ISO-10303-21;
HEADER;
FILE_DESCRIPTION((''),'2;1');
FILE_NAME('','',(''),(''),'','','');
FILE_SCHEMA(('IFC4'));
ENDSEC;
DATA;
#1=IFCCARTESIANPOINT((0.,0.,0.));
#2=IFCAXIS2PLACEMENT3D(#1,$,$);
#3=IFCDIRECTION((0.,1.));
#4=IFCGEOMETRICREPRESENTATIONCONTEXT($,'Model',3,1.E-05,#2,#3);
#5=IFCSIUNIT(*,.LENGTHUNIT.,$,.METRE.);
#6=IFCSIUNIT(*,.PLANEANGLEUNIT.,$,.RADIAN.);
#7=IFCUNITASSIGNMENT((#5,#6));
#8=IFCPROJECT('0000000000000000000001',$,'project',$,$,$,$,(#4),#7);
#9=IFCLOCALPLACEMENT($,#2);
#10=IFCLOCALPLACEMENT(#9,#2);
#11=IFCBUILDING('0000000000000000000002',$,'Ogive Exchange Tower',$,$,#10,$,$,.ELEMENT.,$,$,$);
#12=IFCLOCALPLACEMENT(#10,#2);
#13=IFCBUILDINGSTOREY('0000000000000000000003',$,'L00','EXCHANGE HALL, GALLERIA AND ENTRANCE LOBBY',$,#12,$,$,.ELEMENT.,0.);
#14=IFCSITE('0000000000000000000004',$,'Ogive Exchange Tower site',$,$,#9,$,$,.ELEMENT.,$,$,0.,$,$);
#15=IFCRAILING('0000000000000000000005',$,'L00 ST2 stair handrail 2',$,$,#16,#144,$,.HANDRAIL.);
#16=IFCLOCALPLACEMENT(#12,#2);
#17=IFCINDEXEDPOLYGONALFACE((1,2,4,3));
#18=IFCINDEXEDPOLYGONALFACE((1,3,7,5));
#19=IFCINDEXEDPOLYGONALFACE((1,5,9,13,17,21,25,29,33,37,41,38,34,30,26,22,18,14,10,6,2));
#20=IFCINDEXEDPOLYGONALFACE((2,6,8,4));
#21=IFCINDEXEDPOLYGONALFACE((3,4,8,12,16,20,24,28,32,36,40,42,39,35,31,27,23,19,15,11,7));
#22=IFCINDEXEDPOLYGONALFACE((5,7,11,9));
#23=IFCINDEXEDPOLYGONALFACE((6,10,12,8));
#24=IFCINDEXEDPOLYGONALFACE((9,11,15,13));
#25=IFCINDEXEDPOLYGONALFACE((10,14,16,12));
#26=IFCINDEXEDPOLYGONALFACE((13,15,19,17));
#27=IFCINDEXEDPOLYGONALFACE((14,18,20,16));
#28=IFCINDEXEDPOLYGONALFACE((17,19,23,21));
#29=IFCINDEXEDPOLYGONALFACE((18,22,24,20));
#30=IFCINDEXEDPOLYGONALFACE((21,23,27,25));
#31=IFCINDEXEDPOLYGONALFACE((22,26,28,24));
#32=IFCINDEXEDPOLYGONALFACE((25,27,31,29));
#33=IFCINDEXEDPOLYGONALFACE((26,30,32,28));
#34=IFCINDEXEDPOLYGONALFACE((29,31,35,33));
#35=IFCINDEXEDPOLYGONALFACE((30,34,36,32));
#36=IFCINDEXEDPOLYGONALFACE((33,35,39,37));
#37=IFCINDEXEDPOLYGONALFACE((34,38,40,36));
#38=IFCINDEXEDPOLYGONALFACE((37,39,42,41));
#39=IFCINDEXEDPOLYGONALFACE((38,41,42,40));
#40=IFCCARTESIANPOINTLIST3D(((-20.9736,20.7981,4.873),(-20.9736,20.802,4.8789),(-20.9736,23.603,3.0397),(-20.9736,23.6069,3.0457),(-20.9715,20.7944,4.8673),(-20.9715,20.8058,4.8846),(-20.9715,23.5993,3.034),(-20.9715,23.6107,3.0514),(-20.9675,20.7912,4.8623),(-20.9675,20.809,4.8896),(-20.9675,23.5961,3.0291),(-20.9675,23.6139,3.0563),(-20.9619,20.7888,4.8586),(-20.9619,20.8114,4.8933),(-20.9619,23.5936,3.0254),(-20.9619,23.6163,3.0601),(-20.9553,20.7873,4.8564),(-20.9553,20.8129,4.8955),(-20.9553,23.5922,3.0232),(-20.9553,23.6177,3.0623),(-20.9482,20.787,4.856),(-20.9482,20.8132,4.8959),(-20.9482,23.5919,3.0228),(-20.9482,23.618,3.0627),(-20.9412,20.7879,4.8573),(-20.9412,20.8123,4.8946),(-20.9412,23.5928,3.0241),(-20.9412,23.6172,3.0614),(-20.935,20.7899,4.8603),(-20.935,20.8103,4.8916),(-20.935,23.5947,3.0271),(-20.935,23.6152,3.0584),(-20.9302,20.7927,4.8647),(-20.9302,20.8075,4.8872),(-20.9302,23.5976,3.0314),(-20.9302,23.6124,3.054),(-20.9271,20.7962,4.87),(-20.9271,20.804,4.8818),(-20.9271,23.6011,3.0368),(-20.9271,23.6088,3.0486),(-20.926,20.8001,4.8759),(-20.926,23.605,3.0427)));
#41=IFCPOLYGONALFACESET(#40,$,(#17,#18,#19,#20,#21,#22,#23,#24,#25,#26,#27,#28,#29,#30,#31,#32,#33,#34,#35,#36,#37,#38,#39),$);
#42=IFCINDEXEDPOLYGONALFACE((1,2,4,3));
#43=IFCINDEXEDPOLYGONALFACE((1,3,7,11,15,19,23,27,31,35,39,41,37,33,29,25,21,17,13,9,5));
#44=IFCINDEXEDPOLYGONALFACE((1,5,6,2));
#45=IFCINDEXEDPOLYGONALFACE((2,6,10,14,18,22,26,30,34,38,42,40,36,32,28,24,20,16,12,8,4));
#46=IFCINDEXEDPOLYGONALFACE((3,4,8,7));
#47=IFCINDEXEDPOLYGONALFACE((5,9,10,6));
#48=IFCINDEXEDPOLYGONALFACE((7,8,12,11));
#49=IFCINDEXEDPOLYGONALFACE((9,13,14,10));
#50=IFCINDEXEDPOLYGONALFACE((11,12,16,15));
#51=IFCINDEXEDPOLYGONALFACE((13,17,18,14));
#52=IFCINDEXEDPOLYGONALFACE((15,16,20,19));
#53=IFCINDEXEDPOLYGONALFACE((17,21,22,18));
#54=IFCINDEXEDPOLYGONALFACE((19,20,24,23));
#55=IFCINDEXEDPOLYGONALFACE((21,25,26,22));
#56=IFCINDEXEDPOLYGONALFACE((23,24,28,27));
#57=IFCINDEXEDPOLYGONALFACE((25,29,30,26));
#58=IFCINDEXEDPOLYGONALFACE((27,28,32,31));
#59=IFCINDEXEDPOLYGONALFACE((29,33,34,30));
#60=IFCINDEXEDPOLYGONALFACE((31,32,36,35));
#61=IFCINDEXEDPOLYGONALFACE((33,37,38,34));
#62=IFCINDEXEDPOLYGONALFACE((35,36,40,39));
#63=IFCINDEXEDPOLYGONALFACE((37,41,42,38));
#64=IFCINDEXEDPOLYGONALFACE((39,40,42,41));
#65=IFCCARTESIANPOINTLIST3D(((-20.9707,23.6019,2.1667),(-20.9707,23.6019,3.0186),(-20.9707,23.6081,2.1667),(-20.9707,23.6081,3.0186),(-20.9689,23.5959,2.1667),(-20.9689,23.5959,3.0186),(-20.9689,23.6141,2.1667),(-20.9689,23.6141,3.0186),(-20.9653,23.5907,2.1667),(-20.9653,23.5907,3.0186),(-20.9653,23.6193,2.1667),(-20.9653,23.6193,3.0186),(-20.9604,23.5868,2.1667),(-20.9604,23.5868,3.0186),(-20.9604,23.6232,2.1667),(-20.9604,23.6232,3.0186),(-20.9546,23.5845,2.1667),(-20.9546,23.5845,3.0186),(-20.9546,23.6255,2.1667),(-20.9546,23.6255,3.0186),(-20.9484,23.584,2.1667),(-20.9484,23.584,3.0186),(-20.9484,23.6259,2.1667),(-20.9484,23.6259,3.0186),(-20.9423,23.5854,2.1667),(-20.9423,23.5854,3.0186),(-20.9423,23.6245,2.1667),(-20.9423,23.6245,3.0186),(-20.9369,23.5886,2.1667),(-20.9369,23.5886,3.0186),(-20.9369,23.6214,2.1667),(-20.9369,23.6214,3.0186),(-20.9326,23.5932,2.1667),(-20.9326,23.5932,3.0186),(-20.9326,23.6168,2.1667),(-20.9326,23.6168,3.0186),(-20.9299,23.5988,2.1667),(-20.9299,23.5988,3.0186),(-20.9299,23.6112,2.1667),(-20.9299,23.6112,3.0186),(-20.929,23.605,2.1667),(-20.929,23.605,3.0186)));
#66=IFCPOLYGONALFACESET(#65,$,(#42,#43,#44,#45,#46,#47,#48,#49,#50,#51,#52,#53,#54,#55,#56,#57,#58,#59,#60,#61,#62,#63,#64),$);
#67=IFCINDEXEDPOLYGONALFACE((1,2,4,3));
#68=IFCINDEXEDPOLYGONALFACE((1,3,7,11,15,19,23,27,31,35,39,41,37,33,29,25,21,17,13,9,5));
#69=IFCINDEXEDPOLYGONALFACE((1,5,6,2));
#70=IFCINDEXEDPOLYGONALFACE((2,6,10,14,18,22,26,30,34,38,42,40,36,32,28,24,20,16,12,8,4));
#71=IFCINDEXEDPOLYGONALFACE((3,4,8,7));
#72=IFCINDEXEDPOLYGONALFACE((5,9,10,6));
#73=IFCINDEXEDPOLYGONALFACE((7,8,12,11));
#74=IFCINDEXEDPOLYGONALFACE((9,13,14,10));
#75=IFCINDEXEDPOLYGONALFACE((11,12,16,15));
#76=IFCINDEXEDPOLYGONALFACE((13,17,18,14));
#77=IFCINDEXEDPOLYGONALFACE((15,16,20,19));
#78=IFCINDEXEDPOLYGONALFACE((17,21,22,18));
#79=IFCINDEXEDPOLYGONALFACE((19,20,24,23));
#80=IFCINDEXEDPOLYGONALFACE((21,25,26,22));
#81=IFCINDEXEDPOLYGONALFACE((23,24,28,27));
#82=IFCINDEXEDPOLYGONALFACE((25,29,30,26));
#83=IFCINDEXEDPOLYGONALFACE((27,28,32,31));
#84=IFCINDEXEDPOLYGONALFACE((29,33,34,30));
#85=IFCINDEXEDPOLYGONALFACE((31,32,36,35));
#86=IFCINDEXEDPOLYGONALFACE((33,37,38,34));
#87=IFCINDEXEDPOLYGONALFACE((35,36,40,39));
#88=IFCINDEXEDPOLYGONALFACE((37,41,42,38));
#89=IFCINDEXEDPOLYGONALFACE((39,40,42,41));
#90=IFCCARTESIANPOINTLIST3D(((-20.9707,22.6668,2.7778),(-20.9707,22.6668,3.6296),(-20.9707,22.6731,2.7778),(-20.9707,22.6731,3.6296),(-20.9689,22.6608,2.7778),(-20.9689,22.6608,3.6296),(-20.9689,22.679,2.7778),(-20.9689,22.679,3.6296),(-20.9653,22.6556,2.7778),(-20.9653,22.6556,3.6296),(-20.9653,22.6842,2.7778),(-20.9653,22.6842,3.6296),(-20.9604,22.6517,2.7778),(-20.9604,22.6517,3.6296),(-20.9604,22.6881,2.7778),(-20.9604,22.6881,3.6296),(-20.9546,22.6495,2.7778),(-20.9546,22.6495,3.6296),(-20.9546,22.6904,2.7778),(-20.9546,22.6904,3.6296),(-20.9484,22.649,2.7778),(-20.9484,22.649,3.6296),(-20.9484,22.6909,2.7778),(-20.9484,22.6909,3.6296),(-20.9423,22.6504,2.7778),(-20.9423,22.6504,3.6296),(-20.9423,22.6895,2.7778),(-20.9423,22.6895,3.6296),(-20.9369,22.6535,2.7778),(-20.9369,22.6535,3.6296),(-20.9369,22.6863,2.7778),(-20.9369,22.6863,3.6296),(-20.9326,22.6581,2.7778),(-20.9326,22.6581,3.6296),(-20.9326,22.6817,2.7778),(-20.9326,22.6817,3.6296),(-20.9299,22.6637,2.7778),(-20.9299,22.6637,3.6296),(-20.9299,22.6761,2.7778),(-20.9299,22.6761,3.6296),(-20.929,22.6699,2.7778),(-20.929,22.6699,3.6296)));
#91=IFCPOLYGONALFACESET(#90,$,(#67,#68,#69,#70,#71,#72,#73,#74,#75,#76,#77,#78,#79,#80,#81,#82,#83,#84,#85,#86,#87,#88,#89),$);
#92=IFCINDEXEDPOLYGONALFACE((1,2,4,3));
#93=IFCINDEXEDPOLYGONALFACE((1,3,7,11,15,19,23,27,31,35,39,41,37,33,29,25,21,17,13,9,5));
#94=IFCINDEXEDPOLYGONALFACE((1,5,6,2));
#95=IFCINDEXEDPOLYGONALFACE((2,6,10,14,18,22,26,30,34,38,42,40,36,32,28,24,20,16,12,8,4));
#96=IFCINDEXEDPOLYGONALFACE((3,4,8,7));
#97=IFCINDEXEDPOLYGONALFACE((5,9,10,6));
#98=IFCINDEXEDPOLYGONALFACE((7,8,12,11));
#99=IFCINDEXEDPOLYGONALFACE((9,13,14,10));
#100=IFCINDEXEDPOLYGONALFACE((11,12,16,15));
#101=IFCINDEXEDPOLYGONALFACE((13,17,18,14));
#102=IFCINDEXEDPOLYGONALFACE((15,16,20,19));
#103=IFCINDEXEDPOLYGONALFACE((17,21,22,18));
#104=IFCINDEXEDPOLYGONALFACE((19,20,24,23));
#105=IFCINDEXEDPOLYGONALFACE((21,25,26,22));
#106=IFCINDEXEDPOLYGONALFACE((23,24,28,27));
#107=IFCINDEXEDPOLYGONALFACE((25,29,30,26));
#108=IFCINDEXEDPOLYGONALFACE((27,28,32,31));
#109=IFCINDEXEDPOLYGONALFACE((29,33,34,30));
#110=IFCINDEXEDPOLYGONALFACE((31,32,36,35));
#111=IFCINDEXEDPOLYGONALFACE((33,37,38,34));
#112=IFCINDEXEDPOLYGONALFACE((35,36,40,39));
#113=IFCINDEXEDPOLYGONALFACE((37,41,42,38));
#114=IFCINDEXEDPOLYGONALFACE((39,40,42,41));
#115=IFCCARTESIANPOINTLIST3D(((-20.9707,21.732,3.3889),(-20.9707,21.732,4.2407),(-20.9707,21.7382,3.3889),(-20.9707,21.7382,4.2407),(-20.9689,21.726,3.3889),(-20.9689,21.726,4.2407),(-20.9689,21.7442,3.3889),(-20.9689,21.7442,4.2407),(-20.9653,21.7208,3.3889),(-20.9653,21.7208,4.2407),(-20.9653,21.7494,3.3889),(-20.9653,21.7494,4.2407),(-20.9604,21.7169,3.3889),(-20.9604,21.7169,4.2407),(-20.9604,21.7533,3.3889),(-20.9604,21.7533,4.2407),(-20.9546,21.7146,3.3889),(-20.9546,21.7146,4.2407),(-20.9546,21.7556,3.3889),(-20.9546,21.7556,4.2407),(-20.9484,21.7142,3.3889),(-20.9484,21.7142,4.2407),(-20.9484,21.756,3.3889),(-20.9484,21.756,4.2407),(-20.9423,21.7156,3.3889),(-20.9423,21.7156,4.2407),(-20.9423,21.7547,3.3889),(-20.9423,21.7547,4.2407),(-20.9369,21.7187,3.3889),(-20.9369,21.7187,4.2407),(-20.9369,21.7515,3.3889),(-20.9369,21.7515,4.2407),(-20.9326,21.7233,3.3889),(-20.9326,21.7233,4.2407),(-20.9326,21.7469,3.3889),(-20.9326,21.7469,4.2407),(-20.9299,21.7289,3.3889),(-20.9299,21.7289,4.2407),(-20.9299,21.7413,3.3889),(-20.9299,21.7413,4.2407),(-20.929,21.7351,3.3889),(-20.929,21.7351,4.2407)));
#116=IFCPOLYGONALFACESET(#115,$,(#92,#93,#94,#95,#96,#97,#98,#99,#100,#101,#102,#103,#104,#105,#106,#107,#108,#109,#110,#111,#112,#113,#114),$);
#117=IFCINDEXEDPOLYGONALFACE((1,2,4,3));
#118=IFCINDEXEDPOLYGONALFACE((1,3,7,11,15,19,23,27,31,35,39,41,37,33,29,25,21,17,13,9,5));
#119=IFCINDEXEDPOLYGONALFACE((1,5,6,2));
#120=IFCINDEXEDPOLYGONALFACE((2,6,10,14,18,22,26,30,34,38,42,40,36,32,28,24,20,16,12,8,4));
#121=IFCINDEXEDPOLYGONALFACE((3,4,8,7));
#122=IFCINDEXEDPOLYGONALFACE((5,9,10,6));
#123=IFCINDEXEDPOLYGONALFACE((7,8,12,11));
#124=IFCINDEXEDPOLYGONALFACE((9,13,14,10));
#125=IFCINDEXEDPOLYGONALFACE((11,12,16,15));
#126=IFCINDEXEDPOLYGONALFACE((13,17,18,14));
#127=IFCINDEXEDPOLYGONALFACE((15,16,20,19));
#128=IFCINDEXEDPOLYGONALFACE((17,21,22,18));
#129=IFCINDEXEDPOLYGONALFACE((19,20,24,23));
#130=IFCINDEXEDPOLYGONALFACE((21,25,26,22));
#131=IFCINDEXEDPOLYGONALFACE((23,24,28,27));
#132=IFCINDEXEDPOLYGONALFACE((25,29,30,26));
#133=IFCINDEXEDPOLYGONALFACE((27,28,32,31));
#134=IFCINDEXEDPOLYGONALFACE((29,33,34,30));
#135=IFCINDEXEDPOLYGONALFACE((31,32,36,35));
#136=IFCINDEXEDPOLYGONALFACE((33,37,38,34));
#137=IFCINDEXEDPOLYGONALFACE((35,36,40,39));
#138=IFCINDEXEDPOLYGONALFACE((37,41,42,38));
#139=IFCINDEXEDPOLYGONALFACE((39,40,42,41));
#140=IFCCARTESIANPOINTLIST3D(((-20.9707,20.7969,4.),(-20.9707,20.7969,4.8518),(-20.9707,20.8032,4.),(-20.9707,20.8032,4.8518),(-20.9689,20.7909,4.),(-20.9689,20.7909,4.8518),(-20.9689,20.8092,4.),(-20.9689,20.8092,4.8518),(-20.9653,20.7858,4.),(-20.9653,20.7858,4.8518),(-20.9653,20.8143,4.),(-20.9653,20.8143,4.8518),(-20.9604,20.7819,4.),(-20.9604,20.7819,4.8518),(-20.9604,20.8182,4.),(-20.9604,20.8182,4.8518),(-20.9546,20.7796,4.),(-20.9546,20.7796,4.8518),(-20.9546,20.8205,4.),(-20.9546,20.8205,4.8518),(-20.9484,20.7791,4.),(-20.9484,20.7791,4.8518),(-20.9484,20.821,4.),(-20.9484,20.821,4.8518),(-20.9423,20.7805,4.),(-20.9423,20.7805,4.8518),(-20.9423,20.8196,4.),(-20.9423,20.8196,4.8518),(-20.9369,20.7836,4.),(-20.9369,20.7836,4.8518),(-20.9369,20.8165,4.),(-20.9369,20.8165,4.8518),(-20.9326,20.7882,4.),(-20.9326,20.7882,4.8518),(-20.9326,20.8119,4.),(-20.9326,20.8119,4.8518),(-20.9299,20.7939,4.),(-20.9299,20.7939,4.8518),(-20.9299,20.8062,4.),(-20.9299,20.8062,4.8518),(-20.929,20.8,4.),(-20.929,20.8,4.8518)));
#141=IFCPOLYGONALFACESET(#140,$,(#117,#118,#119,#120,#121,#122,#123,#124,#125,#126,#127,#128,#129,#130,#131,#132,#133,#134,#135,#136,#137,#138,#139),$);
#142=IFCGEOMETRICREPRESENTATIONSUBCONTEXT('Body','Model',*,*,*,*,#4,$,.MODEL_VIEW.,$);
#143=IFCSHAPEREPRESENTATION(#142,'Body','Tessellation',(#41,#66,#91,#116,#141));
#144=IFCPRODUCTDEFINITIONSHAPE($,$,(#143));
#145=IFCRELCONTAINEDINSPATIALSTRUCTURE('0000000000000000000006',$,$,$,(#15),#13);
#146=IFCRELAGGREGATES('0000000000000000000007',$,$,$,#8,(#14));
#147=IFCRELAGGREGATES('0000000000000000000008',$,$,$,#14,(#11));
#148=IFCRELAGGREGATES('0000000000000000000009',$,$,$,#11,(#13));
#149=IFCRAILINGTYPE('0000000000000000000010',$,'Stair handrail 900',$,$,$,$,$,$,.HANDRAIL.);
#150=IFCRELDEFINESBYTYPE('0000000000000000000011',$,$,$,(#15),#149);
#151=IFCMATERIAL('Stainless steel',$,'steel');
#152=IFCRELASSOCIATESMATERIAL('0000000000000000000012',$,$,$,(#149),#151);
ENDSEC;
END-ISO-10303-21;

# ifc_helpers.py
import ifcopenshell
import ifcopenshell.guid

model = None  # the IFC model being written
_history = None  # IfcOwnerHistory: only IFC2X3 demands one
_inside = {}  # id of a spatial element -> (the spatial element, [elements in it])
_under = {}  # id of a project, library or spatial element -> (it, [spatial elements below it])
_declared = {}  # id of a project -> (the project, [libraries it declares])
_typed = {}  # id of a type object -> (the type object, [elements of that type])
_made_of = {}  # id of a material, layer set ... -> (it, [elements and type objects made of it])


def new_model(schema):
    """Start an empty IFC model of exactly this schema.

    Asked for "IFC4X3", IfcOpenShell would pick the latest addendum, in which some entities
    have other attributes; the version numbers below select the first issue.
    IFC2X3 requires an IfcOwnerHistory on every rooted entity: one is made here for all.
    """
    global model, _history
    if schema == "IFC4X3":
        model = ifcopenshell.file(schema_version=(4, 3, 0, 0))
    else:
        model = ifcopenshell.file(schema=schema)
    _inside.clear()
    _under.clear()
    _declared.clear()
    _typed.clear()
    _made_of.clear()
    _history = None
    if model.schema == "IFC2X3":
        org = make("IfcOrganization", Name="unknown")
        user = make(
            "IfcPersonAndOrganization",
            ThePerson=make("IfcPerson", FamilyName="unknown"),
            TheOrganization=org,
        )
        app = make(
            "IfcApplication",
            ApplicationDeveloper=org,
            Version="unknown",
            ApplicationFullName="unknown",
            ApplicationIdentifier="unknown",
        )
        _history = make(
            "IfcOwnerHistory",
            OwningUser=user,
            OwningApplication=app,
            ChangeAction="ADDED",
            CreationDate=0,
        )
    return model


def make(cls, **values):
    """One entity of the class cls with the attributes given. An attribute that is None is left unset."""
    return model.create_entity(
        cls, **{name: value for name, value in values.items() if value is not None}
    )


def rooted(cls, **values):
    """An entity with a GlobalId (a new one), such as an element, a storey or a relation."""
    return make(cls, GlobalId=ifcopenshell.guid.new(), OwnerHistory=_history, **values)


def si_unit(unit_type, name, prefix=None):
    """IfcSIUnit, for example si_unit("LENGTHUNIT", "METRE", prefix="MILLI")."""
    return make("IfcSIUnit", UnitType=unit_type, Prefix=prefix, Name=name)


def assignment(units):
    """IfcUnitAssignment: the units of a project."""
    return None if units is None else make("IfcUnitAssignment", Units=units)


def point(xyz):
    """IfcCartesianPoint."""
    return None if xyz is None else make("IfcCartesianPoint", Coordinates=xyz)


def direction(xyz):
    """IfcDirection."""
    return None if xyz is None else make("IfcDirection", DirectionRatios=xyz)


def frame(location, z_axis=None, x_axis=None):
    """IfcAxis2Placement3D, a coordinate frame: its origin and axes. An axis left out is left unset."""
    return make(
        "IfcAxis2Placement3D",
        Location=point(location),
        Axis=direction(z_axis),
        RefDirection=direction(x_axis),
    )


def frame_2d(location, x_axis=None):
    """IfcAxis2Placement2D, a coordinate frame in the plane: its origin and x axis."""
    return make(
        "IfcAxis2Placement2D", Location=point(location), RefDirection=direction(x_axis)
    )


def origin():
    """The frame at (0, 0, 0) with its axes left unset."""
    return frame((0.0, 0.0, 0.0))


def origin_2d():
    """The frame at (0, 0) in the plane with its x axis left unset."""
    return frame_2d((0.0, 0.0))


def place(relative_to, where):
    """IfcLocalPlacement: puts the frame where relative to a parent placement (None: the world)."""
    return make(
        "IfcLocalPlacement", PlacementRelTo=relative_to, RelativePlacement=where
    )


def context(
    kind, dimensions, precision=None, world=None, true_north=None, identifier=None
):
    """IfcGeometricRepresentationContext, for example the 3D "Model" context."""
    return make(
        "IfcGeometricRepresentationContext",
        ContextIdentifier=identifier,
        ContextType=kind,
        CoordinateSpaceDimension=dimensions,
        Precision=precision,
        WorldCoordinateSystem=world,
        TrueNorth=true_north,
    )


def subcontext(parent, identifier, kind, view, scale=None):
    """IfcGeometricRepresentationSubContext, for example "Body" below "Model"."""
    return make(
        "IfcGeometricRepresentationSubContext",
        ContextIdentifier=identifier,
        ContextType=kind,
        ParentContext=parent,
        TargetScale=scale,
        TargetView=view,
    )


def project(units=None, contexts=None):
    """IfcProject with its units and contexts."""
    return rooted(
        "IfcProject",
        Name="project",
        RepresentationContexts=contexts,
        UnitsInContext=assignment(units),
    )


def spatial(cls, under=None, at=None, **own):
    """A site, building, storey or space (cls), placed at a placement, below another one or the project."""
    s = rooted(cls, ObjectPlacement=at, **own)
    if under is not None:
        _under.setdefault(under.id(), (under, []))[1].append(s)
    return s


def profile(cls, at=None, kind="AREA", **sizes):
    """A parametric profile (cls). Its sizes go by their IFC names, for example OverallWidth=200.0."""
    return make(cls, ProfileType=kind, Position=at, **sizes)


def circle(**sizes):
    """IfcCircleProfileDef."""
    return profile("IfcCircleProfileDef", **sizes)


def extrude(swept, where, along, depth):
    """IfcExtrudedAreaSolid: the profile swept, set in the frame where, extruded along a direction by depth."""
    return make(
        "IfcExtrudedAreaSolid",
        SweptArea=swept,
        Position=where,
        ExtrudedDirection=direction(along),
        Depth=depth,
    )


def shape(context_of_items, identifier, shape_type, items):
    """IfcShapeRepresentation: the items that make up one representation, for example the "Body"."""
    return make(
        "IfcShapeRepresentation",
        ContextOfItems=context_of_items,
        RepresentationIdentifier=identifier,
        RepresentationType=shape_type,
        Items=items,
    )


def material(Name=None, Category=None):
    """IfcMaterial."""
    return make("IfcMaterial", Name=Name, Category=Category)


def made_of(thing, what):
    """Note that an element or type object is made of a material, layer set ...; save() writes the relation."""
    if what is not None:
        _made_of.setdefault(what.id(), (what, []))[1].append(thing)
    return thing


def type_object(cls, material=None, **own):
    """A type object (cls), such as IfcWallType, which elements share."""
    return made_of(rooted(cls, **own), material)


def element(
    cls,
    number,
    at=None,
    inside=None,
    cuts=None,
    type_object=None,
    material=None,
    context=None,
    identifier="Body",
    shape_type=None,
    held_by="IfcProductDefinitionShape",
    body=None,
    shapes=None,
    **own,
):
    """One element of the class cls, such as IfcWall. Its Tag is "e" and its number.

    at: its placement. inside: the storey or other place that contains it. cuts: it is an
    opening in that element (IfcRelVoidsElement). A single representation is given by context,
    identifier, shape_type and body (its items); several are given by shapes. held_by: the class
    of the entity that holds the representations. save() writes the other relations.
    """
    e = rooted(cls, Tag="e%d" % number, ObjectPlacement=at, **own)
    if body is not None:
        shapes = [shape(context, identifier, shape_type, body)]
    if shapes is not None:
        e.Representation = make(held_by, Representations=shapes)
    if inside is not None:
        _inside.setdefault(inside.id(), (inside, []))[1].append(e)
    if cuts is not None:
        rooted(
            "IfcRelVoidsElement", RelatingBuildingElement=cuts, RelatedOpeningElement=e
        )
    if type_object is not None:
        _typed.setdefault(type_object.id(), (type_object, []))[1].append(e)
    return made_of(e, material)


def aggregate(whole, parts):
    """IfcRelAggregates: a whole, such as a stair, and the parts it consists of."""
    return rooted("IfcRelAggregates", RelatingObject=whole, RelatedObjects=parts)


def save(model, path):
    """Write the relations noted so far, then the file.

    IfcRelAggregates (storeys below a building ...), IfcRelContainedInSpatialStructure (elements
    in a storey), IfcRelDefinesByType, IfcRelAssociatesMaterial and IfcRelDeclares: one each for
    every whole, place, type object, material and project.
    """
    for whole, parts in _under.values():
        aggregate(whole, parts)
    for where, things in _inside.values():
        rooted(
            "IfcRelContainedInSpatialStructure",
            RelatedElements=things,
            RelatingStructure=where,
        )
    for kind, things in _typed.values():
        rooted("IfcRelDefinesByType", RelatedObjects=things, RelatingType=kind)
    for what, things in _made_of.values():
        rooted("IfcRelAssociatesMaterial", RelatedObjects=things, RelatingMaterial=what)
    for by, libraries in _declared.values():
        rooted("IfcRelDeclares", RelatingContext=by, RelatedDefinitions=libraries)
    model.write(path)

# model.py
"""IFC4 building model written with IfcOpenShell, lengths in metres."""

from ifc_helpers import new_model, si_unit, direction, frame, origin, origin_2d, place, context, subcontext, project, spatial, circle, extrude, material, type_object, element, save


model = new_model("IFC4")

# Units and contexts
model_context = context("Model", 3, precision=1e-05, world=origin(), true_north=direction((0.0, 1.0)))
body_context = subcontext(model_context, "Body", "Model", "MODEL_VIEW")
ifc_project = project(units=[si_unit("LENGTHUNIT", "METRE"), si_unit("PLANEANGLEUNIT", "RADIAN")], contexts=[model_context])

# Site, building, storey
site_placement = place(None, origin())
site = spatial("IfcSite", under=ifc_project, at=site_placement, Name="Ogive Exchange Tower site", CompositionType="ELEMENT", RefElevation=0.0)
building_placement = place(site_placement, origin())
building = spatial("IfcBuilding", under=site, at=building_placement, Name="Ogive Exchange Tower", CompositionType="ELEMENT")
storey_placement = place(building_placement, origin())
storey = spatial("IfcBuildingStorey", under=building, at=storey_placement, Name="L00", Description="EXCHANGE HALL, GALLERIA AND ENTRANCE LOBBY", CompositionType="ELEMENT", Elevation=0.0)

# Railing
ifc_material_1 = material(Name="Stainless steel", Category="steel")
railing_type = type_object("IfcRailingType", Name="Stair handrail 900", PredefinedType="HANDRAIL", material=ifc_material_1)
railing_1_placement = place(storey_placement, frame((-20.95, 23.605, 2.1667)))
element("IfcRailing", 1, at=railing_1_placement, inside=storey, type_object=railing_type, Name="L00 ST2 stair handrail 2", PredefinedType="HANDRAIL", context=body_context, shape_type="SweptSolid", body=[
    extrude(circle(Radius=0.0239, at=origin_2d()), frame((0.0, 0.0, 0.876), z_axis=(0.0, -0.837071, 0.547094), x_axis=(1.0, 0.0, 0.0)), (0.0, 0.0, 1.0), 3.3508),
    extrude(circle(Radius=0.021, at=origin_2d()), origin(), (0.0, 0.0, 1.0), 0.8518),
    extrude(circle(Radius=0.021, at=origin_2d()), frame((0.0, -0.9351, 0.6111)), (0.0, 0.0, 1.0), 0.8518),
    extrude(circle(Radius=0.021, at=origin_2d()), frame((0.0, -1.8699, 1.2222)), (0.0, 0.0, 1.0), 0.8518),
    extrude(circle(Radius=0.021, at=origin_2d()), frame((0.0, -2.8049, 1.8333)), (0.0, 0.0, 1.0), 0.8518),
])

save(model, "model.ifc")
